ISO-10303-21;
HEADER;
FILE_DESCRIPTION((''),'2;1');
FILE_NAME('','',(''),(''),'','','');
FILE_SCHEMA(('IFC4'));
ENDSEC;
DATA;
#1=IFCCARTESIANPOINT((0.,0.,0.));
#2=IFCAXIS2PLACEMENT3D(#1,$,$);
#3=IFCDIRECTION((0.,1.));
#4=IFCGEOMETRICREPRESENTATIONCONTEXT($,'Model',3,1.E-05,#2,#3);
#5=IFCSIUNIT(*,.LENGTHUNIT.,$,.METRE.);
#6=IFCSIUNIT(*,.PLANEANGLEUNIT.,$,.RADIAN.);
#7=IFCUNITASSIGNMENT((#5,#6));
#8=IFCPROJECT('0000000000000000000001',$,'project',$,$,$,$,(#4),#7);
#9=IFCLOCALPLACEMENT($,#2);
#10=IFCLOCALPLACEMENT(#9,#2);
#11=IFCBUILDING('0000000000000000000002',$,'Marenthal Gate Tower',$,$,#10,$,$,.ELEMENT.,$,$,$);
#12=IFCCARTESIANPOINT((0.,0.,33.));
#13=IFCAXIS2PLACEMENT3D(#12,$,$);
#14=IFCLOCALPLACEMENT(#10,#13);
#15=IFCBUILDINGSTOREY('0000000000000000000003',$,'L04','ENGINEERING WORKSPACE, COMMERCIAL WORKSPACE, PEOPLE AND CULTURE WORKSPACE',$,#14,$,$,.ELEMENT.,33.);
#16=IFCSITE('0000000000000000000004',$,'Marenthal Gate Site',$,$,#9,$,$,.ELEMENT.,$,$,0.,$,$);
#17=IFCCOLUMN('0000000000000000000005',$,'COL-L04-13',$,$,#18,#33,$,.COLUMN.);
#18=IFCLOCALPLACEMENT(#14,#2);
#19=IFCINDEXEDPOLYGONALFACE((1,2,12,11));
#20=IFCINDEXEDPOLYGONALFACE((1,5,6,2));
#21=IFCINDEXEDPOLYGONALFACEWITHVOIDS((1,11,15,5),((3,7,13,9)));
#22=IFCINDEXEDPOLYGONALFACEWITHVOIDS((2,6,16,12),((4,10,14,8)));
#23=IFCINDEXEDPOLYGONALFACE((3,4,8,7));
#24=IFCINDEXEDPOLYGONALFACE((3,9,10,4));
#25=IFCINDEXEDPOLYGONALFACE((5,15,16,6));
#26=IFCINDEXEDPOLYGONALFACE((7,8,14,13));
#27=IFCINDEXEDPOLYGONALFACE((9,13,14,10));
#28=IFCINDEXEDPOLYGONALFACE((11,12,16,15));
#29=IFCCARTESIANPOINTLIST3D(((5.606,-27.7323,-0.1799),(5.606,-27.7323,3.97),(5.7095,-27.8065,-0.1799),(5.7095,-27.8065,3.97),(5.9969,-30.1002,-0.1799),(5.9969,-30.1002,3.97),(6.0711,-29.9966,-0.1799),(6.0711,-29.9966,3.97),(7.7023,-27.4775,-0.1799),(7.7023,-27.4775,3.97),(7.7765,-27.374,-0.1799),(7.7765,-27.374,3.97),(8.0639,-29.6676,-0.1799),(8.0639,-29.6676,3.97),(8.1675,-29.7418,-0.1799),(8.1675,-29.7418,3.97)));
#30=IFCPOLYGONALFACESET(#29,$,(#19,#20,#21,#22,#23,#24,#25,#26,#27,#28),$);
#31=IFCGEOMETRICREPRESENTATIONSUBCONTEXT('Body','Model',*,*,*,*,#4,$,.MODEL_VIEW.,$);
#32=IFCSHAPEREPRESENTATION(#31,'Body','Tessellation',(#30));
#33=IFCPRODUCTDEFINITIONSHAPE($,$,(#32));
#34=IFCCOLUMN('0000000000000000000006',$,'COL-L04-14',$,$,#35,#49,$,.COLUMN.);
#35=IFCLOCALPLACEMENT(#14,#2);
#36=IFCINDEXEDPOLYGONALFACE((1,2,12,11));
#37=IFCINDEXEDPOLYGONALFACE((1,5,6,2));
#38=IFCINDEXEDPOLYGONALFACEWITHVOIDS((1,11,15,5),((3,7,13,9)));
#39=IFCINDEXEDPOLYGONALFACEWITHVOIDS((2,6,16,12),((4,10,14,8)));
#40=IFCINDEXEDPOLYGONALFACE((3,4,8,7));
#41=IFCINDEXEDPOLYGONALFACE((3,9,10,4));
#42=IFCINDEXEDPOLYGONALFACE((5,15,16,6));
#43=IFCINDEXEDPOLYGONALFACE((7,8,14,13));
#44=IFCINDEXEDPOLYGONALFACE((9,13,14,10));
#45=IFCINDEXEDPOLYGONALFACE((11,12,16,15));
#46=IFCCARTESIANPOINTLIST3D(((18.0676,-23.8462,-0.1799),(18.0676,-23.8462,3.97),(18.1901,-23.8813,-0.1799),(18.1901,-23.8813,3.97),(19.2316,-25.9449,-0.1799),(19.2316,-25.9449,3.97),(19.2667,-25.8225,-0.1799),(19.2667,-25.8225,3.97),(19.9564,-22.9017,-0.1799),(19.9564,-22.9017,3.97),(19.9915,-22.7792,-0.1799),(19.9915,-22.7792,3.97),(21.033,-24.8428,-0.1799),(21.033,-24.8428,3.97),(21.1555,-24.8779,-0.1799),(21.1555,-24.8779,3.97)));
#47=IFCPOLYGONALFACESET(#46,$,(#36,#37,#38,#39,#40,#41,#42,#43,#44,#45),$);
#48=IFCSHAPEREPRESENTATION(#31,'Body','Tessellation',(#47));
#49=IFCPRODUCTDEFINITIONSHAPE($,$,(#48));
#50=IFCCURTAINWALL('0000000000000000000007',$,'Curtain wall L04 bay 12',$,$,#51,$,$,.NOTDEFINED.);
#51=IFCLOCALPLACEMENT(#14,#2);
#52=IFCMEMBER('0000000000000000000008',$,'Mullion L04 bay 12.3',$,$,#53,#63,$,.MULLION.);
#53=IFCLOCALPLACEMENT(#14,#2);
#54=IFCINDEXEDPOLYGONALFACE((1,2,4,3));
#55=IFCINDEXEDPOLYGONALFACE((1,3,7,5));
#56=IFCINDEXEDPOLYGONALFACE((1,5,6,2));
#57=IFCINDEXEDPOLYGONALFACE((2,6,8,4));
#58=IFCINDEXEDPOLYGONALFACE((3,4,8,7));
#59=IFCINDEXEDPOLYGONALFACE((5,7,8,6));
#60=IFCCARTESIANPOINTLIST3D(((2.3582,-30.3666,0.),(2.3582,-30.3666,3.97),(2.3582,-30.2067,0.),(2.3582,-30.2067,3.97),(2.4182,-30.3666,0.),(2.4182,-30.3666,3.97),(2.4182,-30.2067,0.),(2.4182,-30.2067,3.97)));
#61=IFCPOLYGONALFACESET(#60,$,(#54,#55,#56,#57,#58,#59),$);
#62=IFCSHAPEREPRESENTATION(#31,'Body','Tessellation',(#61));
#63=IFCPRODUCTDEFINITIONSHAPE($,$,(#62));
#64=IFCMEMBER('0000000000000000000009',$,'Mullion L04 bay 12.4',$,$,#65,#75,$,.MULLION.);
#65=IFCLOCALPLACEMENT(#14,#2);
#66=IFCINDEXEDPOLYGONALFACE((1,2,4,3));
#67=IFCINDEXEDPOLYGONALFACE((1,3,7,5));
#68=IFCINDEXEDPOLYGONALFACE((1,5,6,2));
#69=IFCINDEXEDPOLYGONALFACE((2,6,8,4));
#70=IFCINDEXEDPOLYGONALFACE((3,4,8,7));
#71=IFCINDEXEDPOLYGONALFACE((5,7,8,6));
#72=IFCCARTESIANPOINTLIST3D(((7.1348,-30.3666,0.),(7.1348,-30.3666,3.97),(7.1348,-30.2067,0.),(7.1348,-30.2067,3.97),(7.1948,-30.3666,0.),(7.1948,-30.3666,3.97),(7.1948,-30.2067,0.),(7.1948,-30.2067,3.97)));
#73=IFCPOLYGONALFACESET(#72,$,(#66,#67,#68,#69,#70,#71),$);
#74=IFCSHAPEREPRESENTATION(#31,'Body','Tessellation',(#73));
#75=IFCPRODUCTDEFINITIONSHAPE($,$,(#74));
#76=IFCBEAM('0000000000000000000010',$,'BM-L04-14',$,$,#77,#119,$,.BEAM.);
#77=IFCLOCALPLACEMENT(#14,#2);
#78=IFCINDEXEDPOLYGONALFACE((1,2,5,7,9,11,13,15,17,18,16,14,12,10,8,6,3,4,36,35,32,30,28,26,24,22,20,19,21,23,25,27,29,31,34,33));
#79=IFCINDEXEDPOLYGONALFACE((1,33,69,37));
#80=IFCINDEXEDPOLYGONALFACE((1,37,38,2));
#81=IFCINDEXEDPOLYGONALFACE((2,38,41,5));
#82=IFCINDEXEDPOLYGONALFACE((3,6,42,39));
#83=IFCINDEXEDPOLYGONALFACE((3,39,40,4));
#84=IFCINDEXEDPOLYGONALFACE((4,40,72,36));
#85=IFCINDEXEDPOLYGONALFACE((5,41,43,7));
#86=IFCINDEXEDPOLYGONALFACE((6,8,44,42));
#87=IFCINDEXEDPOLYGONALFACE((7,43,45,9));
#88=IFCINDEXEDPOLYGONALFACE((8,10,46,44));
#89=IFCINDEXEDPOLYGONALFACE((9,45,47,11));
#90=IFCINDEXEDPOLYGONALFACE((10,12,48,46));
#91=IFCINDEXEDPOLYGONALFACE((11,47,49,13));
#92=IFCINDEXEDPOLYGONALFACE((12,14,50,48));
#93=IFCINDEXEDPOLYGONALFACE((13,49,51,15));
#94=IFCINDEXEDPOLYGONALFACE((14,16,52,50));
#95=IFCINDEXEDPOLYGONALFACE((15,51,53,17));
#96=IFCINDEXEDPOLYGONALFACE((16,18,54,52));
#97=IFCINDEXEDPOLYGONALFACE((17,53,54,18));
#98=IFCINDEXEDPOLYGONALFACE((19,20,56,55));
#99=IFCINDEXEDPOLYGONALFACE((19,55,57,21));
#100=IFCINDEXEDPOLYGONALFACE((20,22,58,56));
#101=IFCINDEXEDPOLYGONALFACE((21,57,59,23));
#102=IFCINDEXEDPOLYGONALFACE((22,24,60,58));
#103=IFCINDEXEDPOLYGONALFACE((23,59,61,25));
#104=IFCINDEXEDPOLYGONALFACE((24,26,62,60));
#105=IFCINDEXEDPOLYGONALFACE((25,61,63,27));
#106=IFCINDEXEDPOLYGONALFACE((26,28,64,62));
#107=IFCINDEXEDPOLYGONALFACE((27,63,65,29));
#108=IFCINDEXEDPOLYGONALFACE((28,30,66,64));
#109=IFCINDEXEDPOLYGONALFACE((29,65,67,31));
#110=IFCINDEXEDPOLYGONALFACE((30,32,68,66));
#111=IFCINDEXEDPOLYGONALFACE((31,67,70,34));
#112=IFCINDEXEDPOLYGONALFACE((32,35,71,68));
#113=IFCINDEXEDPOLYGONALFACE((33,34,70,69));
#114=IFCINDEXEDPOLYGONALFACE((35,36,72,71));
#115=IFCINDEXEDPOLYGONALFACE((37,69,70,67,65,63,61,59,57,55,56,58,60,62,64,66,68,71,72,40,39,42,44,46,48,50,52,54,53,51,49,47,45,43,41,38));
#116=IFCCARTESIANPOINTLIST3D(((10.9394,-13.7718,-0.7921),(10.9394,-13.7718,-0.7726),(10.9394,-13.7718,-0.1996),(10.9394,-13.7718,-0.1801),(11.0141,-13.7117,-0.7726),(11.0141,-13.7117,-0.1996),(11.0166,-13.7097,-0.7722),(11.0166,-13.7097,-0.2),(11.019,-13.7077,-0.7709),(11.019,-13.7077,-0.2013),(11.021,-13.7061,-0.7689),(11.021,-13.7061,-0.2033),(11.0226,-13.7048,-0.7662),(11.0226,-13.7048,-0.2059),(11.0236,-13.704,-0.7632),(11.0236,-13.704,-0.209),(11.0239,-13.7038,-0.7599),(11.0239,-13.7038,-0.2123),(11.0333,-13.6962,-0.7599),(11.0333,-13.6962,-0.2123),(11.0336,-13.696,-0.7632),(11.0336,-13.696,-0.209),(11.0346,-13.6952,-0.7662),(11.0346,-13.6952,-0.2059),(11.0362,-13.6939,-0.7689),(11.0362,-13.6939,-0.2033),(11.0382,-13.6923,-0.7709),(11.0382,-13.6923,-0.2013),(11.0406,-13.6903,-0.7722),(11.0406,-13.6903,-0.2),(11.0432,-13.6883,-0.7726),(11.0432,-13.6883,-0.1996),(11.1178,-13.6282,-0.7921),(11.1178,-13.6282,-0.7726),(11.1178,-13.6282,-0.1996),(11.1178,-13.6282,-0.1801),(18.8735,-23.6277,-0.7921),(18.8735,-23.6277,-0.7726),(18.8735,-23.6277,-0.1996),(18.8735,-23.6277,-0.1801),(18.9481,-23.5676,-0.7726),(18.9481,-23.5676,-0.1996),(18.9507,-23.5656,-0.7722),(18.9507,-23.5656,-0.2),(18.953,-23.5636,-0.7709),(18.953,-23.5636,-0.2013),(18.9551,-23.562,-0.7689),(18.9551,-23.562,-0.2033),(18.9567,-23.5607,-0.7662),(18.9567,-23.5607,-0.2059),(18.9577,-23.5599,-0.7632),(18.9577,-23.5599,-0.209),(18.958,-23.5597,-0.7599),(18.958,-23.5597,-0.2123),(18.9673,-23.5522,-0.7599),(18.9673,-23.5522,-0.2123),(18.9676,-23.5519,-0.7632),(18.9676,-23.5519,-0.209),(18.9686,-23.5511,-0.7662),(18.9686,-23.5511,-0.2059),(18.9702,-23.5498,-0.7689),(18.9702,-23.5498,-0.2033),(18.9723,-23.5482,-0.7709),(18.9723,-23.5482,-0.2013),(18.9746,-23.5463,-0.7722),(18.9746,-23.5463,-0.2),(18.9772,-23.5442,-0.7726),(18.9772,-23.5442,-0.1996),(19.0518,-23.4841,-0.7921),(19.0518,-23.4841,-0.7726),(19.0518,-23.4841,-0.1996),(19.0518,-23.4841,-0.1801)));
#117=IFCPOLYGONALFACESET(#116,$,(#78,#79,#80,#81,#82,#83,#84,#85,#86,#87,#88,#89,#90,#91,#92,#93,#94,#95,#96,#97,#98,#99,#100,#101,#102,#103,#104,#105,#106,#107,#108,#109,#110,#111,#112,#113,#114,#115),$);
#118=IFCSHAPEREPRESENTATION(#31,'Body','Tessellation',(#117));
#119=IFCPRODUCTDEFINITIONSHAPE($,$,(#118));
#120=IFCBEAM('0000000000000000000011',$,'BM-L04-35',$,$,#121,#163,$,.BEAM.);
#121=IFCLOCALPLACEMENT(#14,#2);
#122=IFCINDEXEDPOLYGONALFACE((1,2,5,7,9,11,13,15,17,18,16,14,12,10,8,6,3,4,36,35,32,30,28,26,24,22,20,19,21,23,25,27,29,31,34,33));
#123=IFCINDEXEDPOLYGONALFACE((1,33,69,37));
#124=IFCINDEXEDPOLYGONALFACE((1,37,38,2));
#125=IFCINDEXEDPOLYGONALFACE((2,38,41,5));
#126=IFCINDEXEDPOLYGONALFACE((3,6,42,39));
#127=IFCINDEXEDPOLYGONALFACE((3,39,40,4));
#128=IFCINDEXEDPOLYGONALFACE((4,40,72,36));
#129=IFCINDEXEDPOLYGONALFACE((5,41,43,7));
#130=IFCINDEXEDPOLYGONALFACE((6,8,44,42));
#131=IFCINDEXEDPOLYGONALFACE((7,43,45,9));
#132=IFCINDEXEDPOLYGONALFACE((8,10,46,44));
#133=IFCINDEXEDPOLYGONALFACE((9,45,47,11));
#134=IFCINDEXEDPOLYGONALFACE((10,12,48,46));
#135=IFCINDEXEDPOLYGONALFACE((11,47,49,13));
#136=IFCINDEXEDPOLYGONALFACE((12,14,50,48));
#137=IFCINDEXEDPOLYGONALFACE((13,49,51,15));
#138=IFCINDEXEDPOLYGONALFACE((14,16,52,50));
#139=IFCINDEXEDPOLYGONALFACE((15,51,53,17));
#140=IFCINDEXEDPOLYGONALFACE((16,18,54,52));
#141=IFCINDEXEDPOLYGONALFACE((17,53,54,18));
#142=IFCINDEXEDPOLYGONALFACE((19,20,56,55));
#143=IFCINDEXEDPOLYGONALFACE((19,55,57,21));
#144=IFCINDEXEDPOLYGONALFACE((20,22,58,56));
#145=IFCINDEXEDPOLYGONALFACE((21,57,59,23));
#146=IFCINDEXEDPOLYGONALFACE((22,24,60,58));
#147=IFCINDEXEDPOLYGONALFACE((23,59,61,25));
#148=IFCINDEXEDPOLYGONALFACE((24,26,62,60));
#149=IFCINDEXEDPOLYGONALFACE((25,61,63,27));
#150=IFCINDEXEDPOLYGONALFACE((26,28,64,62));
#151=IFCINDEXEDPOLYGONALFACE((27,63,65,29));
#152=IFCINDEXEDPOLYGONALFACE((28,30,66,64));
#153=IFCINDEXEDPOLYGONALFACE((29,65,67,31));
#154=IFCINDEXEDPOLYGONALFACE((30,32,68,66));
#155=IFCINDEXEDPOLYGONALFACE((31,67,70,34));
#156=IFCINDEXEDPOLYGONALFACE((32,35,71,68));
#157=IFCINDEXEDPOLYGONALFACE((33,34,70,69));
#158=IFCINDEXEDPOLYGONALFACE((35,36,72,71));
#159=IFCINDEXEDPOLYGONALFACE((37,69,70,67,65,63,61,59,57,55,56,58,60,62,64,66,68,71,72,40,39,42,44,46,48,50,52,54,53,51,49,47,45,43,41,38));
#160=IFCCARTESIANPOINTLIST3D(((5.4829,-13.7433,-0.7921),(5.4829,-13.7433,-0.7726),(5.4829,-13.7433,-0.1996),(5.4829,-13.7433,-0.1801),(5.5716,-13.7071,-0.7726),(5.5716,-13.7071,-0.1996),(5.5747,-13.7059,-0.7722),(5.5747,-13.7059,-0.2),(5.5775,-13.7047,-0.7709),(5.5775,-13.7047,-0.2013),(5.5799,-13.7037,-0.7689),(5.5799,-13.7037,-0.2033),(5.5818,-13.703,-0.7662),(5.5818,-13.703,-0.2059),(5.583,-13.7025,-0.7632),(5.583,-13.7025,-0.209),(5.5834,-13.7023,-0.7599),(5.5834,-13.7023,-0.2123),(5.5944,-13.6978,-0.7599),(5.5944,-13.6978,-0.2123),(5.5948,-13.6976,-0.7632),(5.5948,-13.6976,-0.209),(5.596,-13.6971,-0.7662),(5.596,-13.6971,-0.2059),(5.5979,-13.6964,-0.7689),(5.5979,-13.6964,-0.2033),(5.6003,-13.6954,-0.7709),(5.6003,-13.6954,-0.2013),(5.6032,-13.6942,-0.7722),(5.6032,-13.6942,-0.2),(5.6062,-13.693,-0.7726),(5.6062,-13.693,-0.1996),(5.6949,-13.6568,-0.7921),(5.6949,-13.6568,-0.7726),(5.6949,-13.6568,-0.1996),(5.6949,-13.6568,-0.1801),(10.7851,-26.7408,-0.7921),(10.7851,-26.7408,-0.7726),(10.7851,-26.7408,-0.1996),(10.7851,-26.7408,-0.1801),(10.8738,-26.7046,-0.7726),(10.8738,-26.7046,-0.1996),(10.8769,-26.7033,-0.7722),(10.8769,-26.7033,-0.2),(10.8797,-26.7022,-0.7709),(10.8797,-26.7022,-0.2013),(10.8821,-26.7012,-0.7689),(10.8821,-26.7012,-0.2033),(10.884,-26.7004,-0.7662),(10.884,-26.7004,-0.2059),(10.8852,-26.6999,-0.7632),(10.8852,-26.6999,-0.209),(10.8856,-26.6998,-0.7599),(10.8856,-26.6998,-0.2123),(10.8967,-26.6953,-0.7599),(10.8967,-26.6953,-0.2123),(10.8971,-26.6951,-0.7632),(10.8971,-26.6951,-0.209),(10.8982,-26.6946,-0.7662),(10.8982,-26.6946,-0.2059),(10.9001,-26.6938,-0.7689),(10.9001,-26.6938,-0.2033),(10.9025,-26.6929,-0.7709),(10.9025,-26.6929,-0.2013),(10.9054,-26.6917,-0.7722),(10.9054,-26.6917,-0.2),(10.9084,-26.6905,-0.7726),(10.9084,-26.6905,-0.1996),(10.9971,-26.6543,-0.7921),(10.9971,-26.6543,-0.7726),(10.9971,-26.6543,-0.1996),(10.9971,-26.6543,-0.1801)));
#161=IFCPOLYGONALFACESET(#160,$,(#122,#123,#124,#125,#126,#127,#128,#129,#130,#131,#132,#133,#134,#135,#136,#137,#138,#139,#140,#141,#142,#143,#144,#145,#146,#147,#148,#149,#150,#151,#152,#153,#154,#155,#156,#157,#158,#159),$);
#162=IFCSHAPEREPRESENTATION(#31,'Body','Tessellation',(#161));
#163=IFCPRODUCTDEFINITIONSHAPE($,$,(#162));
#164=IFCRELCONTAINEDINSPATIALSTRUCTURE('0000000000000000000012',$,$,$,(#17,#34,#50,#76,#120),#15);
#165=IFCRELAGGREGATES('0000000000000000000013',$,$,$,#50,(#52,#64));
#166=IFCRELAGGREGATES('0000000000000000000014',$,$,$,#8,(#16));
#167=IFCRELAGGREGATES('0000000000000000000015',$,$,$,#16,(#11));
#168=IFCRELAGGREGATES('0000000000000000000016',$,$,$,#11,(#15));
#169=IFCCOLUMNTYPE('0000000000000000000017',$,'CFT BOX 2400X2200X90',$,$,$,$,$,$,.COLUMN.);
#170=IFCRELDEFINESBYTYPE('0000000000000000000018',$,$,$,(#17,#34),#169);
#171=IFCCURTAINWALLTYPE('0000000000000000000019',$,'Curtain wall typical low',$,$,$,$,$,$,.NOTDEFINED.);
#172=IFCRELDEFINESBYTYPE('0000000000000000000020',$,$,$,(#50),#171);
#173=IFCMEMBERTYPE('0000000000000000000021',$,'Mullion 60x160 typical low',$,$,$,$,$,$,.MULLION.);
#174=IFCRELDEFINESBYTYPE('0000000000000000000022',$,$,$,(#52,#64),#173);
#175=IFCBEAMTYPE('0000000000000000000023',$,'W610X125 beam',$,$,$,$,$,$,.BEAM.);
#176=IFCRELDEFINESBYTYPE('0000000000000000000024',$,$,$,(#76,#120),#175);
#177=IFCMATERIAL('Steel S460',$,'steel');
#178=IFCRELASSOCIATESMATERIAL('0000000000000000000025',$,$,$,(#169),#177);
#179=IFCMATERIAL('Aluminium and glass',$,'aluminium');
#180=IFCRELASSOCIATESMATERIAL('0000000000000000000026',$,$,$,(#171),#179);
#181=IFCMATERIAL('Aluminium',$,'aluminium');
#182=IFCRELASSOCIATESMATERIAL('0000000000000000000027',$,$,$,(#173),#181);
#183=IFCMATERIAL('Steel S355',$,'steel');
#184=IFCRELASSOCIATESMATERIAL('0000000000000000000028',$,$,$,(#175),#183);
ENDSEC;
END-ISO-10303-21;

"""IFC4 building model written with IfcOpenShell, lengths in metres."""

from ifc_helpers import new_model, si_unit, direction, frame, origin, origin_2d, place, context, subcontext, project, spatial, rectangle, hollow_rectangle, i_section, extrude, material, material_profile, profile_set, type_object, element, aggregate, save


model = new_model("IFC4")

# Units and contexts
model_context = context("Model", 3, precision=1e-05, world=origin(), true_north=direction((0.0, 1.0)))
body_context = subcontext(model_context, "Body", "Model", "MODEL_VIEW")
ifc_project = project(units=[si_unit("LENGTHUNIT", "METRE"), si_unit("PLANEANGLEUNIT", "RADIAN")], contexts=[model_context])

# Site, building, storey
site_placement = place(None, origin())
site = spatial("IfcSite", under=ifc_project, at=site_placement, Name="Marenthal Gate Site", CompositionType="ELEMENT", RefElevation=0.0)
building_placement = place(site_placement, origin())
building = spatial("IfcBuilding", under=site, at=building_placement, Name="Marenthal Gate Tower", CompositionType="ELEMENT")
storey_placement = place(building_placement, frame((0.0, 0.0, 33.0)))
storey = spatial("IfcBuildingStorey", under=building, at=storey_placement, Name="L04", Description="ENGINEERING WORKSPACE, COMMERCIAL WORKSPACE, PEOPLE AND CULTURE WORKSPACE", CompositionType="ELEMENT", Elevation=33.0)

# Columns
ifc_material_1 = material(Name="Steel S460", Category="steel")
ifc_material_profile_1 = material_profile(ifc_material_1, hollow_rectangle(XDim=2.2, YDim=2.3999, WallThickness=0.0901, at=origin_2d()), Name="CFT BOX 2400X2200X90")
ifc_material_2 = material(Name="Concrete 70 MPa", Category="concrete")
ifc_material_profile_2 = material_profile(ifc_material_2, rectangle(XDim=2.02, YDim=2.22, at=origin_2d()), Name="CFT BOX 2400X2200X90 INFILL")
ifc_profile_set_1 = profile_set([ifc_material_profile_1, ifc_material_profile_2], Name="Steel S460 shell, Concrete 70 MPa infill")
column_type = type_object("IfcColumnType", Name="CFT BOX 2400X2200X90", PredefinedType="COLUMN", material=ifc_profile_set_1)
for number, where, z_axis, x_axis, name in (
    (1, (6.8867, -28.7371, -0.1799), (0.0, 0.0, 1.0), (-0.986643, -0.162897, 0.0), "COL-L04-13"),
    (2, (19.6116, -24.3621, -0.1799), (0.0, 0.0, 1.0), (-0.874509, -0.48501, 0.0), "COL-L04-14"),
):
    element("IfcColumn", number, at=place(storey_placement, frame(where, z_axis=z_axis, x_axis=x_axis)), inside=storey, type_object=column_type, Name=name, PredefinedType="COLUMN", context=body_context, shape_type="SweptSolid", body=[
        extrude(hollow_rectangle(XDim=2.2, YDim=2.3999, WallThickness=0.0901, at=origin_2d()), origin(), (0.0, 0.0, 1.0), 4.1499),
    ])

# Curtain wall, members
ifc_material_3 = material(Name="Aluminium and glass", Category="aluminium")
curtain_wall_type = type_object("IfcCurtainWallType", Name="Curtain wall typical low", PredefinedType="NOTDEFINED", material=ifc_material_3)
curtain_wall_placement = place(storey_placement, origin())
curtain_wall = element("IfcCurtainWall", 3, at=curtain_wall_placement, inside=storey, type_object=curtain_wall_type, Name="Curtain wall L04 bay 12", PredefinedType="NOTDEFINED")
ifc_material_4 = material(Name="Aluminium", Category="aluminium")
ifc_material_profile_3 = material_profile(ifc_material_4, rectangle(XDim=0.1599, YDim=0.0601, at=origin_2d()), Name="60x160 aluminium mullion")
ifc_profile_set_2 = profile_set([ifc_material_profile_3], Name="Aluminium")
member_type = type_object("IfcMemberType", Name="Mullion 60x160 typical low", PredefinedType="MULLION", material=ifc_profile_set_2)
member_1_placement = place(storey_placement, frame((2.3882, -30.2866, 0.0), z_axis=(0.0, 0.0, 1.0), x_axis=(0.0, 1.0, 0.0)))
member_1 = element("IfcMember", 4, at=member_1_placement, type_object=member_type, Name="Mullion L04 bay 12.3", PredefinedType="MULLION", context=body_context, shape_type="SweptSolid", body=[
    extrude(rectangle(XDim=0.1599, YDim=0.0601, at=origin_2d()), origin(), (0.0, 0.0, 1.0), 3.97),
])
member_2_placement = place(storey_placement, frame((7.1648, -30.2866, 0.0), z_axis=(0.0, 0.0, 1.0), x_axis=(0.0, 1.0, 0.0)))
member_2 = element("IfcMember", 5, at=member_2_placement, type_object=member_type, Name="Mullion L04 bay 12.4", PredefinedType="MULLION", context=body_context, shape_type="SweptSolid", body=[
    extrude(rectangle(XDim=0.1599, YDim=0.0601, at=origin_2d()), origin(), (0.0, 0.0, 1.0), 3.97),
])

# Beams
ifc_material_5 = material(Name="Steel S355", Category="steel")
ifc_material_profile_4 = material_profile(ifc_material_5, i_section(OverallWidth=0.229, OverallDepth=0.6121, WebThickness=0.012, FlangeThickness=0.0195, FilletRadius=0.0127, at=origin_2d()), Name="W610X125")
ifc_profile_set_3 = profile_set([ifc_material_profile_4], Name="Steel S355")
beam_type_1 = type_object("IfcBeamType", Name="W610X125 beam", PredefinedType="BEAM", material=ifc_profile_set_3)
beam_1_placement = place(storey_placement, frame((18.9626, -23.5559, -0.4861), z_axis=(-0.627069, 0.778964, 0.0), x_axis=(-0.778964, -0.627069, 0.0)))
element("IfcBeam", 6, at=beam_1_placement, inside=storey, type_object=beam_type_1, Name="BM-L04-14", PredefinedType="BEAM", context=body_context, shape_type="SweptSolid", body=[
    extrude(i_section(OverallWidth=0.229, OverallDepth=0.6121, WebThickness=0.012, FlangeThickness=0.0195, FilletRadius=0.0127, at=origin_2d()), origin(), (0.0, 0.0, 1.0), 12.6526),
])
beam_2_placement = place(storey_placement, frame((10.8911, -26.6975, -0.4861), z_axis=(-0.377721, 0.925919, 0.0), x_axis=(-0.925919, -0.377721, 0.0)))
element("IfcBeam", 7, at=beam_2_placement, inside=storey, type_object=beam_type_1, Name="BM-L04-35", PredefinedType="BEAM", context=body_context, shape_type="SweptSolid", body=[
    extrude(i_section(OverallWidth=0.229, OverallDepth=0.6121, WebThickness=0.012, FlangeThickness=0.0195, FilletRadius=0.0127, at=origin_2d()), origin(), (0.0, 0.0, 1.0), 14.0374),
])

aggregate(curtain_wall, [member_1, member_2])

save(model, "model.ifc")
